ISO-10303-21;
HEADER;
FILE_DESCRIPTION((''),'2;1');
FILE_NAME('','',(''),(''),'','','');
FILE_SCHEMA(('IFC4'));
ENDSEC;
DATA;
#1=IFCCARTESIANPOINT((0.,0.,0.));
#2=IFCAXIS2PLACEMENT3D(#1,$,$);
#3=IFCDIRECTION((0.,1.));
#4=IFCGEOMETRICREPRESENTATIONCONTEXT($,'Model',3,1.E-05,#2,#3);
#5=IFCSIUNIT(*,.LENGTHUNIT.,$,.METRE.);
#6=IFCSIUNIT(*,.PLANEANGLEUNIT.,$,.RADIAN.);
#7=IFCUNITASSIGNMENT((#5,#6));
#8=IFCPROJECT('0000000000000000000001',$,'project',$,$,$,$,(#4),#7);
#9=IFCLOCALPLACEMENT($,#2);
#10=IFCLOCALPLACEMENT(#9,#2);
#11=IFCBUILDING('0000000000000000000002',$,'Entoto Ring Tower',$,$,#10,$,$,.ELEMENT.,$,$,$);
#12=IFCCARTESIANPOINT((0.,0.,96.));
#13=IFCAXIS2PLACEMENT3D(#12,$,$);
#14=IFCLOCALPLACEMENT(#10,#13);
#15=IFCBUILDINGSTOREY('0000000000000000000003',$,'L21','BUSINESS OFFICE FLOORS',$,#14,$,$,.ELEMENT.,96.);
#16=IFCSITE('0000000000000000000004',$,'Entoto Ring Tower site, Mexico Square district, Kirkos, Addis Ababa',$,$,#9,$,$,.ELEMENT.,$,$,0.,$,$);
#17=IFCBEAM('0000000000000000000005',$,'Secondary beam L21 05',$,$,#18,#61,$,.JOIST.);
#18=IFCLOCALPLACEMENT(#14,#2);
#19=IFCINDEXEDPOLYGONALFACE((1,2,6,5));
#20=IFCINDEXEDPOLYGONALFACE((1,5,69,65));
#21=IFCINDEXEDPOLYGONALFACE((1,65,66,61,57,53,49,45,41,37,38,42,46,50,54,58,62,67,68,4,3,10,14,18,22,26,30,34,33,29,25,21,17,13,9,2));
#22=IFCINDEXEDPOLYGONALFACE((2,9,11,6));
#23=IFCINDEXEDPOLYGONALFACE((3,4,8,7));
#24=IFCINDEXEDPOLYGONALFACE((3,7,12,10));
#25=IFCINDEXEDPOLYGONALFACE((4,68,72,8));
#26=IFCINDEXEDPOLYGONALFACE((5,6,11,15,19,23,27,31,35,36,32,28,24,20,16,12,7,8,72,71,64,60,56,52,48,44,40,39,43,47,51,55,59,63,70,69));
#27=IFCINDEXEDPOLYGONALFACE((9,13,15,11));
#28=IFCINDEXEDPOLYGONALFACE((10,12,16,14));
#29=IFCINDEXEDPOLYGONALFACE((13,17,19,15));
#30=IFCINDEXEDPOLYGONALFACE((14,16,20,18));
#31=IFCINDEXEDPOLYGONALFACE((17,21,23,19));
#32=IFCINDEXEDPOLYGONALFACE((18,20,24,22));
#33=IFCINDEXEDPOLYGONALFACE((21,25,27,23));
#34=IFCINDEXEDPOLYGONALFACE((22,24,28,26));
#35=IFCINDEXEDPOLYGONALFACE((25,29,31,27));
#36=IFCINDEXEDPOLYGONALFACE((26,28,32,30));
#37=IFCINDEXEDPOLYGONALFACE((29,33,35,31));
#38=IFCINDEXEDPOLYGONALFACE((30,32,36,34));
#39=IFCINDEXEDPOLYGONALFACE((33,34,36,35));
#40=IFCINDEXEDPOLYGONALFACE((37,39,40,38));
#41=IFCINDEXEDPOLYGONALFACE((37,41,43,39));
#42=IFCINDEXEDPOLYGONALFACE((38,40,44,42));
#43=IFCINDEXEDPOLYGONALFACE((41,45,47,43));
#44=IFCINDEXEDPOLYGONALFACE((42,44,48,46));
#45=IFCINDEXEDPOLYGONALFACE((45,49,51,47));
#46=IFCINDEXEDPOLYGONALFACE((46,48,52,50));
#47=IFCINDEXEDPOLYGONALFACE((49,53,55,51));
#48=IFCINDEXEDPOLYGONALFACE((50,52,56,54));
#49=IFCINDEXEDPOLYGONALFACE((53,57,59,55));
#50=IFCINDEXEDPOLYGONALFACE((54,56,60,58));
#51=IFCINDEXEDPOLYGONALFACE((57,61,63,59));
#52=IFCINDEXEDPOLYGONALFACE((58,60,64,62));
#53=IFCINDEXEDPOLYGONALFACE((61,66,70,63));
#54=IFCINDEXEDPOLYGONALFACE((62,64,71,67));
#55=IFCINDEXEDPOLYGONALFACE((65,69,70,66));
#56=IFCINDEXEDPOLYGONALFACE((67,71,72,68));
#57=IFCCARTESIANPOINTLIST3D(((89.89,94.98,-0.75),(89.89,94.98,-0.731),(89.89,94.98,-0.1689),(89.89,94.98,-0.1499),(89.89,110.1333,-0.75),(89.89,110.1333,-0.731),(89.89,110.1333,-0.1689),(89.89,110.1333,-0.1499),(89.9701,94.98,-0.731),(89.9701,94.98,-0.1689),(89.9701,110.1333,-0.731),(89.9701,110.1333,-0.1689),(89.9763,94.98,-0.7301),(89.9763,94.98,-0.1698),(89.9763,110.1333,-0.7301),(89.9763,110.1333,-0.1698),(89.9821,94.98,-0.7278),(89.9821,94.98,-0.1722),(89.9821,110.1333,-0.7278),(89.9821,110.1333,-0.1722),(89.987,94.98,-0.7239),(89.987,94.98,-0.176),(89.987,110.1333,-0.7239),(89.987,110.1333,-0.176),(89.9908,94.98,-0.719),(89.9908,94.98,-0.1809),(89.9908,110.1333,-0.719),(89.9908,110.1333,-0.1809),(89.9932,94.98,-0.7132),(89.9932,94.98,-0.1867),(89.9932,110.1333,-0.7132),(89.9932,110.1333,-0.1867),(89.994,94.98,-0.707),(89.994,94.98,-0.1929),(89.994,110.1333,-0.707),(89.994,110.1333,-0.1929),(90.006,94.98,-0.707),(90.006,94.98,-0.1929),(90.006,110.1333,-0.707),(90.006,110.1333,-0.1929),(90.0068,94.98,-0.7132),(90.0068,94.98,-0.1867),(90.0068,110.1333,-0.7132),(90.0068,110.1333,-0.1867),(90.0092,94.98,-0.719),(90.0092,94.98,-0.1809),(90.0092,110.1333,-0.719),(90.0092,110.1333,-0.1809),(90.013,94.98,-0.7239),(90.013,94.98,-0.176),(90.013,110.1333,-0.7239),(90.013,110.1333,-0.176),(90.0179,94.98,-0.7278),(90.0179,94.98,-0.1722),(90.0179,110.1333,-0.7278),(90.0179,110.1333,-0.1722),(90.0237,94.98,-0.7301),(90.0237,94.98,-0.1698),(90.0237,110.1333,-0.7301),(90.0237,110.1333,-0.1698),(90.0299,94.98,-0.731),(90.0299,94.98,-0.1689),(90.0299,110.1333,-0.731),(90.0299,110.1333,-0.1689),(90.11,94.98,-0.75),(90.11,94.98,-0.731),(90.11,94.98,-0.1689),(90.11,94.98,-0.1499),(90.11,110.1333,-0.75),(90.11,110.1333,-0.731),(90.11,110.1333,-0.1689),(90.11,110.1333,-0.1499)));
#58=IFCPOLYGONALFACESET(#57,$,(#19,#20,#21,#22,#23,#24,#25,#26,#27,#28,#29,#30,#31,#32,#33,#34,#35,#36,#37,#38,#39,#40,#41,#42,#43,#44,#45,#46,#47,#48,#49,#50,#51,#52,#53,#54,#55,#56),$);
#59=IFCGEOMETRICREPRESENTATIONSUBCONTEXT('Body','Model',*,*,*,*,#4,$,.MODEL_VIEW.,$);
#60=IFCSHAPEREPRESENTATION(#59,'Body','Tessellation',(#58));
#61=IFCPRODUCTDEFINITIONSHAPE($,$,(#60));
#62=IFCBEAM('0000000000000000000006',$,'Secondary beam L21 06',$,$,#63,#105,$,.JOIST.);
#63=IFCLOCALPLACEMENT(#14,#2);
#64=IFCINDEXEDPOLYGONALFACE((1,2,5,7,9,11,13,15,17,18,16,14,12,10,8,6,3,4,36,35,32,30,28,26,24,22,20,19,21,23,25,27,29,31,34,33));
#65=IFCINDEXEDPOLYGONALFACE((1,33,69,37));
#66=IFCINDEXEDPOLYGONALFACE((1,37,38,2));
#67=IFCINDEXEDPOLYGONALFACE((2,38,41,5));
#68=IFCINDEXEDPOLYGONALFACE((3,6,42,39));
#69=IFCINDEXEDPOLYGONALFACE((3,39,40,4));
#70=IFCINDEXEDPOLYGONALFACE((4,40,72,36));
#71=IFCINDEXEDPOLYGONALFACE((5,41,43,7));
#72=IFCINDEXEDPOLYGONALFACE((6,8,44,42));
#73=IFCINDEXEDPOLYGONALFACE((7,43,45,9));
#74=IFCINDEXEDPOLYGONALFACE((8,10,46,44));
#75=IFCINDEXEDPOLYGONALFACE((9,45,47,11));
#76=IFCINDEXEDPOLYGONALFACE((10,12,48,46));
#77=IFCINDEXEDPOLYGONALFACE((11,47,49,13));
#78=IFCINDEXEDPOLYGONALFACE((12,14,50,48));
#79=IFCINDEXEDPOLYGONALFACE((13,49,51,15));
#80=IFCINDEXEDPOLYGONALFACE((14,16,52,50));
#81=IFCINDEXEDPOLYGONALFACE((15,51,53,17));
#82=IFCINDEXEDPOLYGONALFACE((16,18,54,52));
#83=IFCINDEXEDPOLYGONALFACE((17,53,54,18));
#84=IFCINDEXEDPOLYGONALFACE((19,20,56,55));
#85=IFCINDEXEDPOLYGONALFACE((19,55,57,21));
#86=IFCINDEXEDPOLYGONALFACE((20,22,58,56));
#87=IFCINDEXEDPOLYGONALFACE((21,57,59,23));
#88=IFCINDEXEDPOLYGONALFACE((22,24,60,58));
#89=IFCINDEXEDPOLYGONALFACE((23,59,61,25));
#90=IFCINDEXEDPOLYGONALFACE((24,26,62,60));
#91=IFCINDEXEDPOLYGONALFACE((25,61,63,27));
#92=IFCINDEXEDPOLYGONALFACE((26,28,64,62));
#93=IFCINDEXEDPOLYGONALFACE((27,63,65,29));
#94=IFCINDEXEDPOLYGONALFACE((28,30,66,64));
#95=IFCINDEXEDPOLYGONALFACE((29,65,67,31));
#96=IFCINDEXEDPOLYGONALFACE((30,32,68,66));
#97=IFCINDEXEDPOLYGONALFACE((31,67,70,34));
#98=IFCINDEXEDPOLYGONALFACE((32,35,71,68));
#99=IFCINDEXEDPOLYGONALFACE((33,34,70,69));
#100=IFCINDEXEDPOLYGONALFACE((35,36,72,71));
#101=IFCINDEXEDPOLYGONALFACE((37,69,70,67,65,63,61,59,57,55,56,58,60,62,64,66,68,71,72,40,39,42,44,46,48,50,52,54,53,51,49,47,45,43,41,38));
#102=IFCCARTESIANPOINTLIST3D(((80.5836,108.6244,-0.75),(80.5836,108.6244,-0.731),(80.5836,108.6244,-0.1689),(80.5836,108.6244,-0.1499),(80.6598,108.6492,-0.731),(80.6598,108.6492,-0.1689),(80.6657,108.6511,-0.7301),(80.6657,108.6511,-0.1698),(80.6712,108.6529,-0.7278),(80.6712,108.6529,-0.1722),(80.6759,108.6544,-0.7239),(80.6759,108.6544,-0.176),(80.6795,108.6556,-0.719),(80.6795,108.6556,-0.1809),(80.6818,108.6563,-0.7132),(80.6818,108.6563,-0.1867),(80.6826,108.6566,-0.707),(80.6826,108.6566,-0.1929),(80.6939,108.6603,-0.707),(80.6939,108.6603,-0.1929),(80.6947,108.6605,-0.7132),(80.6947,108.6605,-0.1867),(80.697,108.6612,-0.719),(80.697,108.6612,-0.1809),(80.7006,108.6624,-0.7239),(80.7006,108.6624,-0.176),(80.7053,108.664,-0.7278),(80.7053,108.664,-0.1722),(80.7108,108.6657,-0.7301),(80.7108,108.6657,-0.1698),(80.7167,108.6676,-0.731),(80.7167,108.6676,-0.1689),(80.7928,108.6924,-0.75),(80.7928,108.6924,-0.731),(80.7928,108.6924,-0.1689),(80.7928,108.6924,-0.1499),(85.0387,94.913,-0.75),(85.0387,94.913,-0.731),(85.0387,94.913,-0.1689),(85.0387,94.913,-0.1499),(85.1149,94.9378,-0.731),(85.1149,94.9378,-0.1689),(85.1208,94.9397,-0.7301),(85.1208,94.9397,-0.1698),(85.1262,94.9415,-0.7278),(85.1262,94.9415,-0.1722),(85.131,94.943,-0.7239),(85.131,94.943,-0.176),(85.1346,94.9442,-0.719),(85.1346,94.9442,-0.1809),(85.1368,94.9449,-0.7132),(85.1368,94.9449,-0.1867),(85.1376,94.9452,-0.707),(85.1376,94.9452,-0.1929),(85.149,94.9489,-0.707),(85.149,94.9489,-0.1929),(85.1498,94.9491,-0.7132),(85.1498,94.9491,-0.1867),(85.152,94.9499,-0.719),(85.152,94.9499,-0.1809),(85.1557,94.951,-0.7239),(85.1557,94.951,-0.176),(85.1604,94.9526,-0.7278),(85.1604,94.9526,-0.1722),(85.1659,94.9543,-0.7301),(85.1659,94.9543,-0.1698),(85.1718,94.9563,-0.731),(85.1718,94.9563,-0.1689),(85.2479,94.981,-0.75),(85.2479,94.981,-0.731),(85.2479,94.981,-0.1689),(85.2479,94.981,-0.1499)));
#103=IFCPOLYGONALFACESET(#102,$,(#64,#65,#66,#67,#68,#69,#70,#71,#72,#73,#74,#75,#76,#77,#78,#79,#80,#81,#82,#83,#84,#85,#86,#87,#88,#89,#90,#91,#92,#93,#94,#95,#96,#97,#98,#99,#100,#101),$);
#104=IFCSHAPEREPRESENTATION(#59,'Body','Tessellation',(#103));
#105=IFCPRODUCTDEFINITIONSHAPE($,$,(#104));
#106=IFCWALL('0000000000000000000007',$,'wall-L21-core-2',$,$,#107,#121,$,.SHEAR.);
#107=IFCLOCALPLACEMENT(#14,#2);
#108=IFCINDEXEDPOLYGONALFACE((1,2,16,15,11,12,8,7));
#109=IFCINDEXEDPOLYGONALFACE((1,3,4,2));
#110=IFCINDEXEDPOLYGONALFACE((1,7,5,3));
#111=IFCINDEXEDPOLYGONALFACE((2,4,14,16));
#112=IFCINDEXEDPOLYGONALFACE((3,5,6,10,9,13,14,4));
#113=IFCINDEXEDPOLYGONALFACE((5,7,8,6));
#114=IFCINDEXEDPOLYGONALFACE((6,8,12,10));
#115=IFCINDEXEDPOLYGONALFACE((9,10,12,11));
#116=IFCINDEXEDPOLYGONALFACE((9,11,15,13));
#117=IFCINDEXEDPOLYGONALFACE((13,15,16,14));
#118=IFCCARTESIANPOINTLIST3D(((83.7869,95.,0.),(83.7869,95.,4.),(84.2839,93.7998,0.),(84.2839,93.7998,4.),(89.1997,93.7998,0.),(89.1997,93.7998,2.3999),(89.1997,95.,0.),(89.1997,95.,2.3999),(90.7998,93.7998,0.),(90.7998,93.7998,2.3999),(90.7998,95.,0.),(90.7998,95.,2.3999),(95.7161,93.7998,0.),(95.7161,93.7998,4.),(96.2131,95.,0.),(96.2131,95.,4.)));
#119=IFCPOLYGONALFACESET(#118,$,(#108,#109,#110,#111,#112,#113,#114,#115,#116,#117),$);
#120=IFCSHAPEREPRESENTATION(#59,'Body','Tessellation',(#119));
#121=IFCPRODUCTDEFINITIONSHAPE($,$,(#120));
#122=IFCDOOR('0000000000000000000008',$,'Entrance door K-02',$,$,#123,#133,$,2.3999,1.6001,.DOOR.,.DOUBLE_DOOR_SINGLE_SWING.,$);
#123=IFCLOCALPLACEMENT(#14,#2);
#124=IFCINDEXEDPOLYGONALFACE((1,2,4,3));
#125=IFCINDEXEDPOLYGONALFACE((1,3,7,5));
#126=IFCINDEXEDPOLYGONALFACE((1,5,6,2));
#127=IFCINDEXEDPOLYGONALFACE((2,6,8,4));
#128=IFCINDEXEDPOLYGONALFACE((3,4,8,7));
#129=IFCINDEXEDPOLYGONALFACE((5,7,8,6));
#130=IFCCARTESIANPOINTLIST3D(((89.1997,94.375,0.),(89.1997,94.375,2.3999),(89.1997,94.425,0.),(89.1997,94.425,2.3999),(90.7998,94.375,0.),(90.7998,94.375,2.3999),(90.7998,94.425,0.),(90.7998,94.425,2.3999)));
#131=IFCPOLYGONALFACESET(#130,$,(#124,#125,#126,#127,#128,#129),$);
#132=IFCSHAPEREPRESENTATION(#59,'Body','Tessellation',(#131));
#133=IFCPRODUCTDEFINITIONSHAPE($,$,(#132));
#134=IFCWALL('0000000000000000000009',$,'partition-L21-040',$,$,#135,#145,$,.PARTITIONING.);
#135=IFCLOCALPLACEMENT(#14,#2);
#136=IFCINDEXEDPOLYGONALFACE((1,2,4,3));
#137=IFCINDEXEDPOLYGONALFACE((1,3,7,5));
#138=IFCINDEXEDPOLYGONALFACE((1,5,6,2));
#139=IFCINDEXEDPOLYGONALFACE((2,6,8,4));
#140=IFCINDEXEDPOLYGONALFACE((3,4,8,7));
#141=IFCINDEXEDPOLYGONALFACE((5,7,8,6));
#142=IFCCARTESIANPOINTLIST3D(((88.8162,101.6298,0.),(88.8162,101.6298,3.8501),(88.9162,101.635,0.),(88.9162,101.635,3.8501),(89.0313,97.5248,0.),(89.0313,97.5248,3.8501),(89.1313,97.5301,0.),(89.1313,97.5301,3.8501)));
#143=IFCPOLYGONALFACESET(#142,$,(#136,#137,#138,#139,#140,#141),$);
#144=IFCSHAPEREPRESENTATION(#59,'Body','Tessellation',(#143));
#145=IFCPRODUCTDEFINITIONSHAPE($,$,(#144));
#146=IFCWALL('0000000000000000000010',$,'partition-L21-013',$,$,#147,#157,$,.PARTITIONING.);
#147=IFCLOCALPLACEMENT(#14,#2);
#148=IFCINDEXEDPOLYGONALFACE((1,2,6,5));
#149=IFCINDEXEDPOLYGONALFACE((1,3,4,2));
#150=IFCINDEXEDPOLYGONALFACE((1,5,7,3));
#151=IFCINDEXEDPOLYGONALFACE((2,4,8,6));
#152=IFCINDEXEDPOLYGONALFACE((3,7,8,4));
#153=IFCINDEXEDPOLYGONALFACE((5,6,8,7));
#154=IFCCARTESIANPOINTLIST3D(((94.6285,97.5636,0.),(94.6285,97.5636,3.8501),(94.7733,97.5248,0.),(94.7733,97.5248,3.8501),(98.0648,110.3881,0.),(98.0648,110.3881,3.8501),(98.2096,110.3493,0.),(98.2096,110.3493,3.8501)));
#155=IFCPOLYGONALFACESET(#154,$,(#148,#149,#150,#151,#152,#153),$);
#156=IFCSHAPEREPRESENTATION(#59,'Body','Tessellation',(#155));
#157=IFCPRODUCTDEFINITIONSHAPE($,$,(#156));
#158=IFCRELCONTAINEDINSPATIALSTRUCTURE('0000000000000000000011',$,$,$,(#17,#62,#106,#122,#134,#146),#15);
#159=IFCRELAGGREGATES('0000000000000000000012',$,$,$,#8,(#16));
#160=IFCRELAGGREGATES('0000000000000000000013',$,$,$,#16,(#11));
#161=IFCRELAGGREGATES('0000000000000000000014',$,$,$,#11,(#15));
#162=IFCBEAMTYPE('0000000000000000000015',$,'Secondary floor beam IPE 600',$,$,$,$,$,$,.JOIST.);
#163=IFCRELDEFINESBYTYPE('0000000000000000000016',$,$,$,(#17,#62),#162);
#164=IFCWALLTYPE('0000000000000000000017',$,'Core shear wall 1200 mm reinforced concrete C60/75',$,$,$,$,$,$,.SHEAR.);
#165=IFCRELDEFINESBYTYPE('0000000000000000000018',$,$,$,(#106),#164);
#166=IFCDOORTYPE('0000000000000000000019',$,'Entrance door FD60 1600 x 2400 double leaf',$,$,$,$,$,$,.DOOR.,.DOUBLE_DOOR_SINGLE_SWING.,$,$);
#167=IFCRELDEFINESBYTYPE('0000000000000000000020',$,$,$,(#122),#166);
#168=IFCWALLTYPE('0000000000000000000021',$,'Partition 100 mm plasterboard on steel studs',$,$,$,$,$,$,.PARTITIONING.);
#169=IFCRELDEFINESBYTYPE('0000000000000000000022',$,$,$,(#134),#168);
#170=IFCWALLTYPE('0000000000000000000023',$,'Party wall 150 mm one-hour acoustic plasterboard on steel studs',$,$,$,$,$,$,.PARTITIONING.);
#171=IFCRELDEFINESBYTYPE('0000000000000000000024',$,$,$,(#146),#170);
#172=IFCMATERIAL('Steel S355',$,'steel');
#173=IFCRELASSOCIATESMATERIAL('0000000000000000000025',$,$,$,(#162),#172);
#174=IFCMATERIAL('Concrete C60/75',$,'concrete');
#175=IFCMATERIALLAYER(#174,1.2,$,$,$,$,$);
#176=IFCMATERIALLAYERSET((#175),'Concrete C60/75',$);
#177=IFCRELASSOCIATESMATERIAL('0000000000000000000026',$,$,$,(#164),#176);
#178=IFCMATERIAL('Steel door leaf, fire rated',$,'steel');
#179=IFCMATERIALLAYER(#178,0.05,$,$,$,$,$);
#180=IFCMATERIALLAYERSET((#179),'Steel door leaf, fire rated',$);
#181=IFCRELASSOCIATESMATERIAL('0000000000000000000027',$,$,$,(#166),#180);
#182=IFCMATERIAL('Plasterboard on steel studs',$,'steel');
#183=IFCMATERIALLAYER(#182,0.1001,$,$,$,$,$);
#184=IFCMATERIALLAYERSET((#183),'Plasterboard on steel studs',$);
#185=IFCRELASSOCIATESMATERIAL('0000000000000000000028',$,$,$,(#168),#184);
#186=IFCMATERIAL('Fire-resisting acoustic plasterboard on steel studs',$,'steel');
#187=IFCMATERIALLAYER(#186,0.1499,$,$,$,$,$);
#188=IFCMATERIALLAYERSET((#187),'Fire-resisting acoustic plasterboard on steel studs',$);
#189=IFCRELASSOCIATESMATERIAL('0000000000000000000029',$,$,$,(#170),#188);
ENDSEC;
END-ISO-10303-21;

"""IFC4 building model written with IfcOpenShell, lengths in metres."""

from ifc_helpers import new_model, si_unit, direction, frame, frame_2d, origin, origin_2d, place, context, subcontext, project, spatial, polyline, rectangle, i_section, outline, extrude, material, layer, layer_set, material_profile, profile_set, type_object, element, fill, save


model = new_model("IFC4")

# Units and contexts
model_context = context("Model", 3, precision=1e-05, world=origin(), true_north=direction((0.0, 1.0)))
body_context = subcontext(model_context, "Body", "Model", "MODEL_VIEW")
ifc_project = project(units=[si_unit("LENGTHUNIT", "METRE"), si_unit("PLANEANGLEUNIT", "RADIAN")], contexts=[model_context])

# Site, building, storey
site_placement = place(None, origin())
site = spatial("IfcSite", under=ifc_project, at=site_placement, Name="Entoto Ring Tower site, Mexico Square district, Kirkos, Addis Ababa", CompositionType="ELEMENT", RefElevation=0.0)
building_placement = place(site_placement, origin())
building = spatial("IfcBuilding", under=site, at=building_placement, Name="Entoto Ring Tower", CompositionType="ELEMENT")
storey_placement = place(building_placement, frame((0.0, 0.0, 96.0)))
storey = spatial("IfcBuildingStorey", under=building, at=storey_placement, Name="L21", Description="BUSINESS OFFICE FLOORS", CompositionType="ELEMENT", Elevation=96.0)

# Beams
ifc_material_1 = material(Name="Steel S355", Category="steel")
ifc_material_profile_1 = material_profile(ifc_material_1, i_section(OverallWidth=0.22, OverallDepth=0.6001, WebThickness=0.012, FlangeThickness=0.019, FilletRadius=0.0239, at=origin_2d()), Name="IPE 600")
ifc_profile_set_1 = profile_set([ifc_material_profile_1], Name="Steel S355")
beam_type_1 = type_object("IfcBeamType", Name="Secondary floor beam IPE 600", PredefinedType="JOIST", material=ifc_profile_set_1)
beam_1_placement = place(storey_placement, frame((90.0, 94.98, -0.45), z_axis=(0.0, 1.0, 0.0), x_axis=(-1.0, 0.0, 0.0)))
element("IfcBeam", 1, at=beam_1_placement, inside=storey, type_object=beam_type_1, Name="Secondary beam L21 05", PredefinedType="JOIST", context=body_context, shape_type="SweptSolid", body=[
    extrude(i_section(OverallWidth=0.22, OverallDepth=0.6001, WebThickness=0.012, FlangeThickness=0.019, FilletRadius=0.0239, at=origin_2d()), origin(), (0.0, 0.0, 1.0), 15.1533),
])
beam_2_placement = place(storey_placement, frame((85.1433, 94.947, -0.45), z_axis=(-0.309015, 0.951057, 0.0), x_axis=(-0.951057, -0.309015, 0.0)))
element("IfcBeam", 2, at=beam_2_placement, inside=storey, type_object=beam_type_1, Name="Secondary beam L21 06", PredefinedType="JOIST", context=body_context, shape_type="SweptSolid", body=[
    extrude(i_section(OverallWidth=0.22, OverallDepth=0.6001, WebThickness=0.012, FlangeThickness=0.019, FilletRadius=0.0239, at=origin_2d()), origin(), (0.0, 0.0, 1.0), 14.417),
])

# Wall, opening, door
ifc_material_2 = material(Name="Concrete C60/75", Category="concrete")
ifc_layer_1 = layer(ifc_material_2, 1.2)
ifc_layer_set_1 = layer_set([ifc_layer_1], Name="Concrete C60/75")
wall_type_1 = type_object("IfcWallType", Name="Core shear wall 1200 mm reinforced concrete C60/75", PredefinedType="SHEAR", material=ifc_layer_set_1)
wall_1_placement = place(storey_placement, frame((95.9646, 94.3999, 0.0), z_axis=(0.0, 0.0, 1.0), x_axis=(-1.0, 0.0, 0.0)))
wall_1 = element("IfcWall", 3, at=wall_1_placement, inside=storey, type_object=wall_type_1, Name="wall-L21-core-2", PredefinedType="SHEAR", context=body_context, shape_type="SweptSolid", body=[
    extrude(outline(polyline([(-0.2485, -0.6001), (12.1777, -0.6001), (11.6807, 0.6001), (0.2485, 0.6001), (-0.2485, -0.6001)])), origin(), (0.0, 0.0, 1.0), 4.0),
])
opening_placement = place(wall_1_placement, frame((5.1648, 0.0, 0.0)))
opening = element("IfcOpeningElement", 4, at=opening_placement, cuts=wall_1, PredefinedType="OPENING", context=body_context, shape_type="SweptSolid", body=[
    extrude(rectangle(XDim=1.6001, YDim=2.3999, at=frame_2d((0.8, 1.2))), frame((0.0, 0.6099, 0.0), z_axis=(0.0, -1.0, 0.0), x_axis=(1.0, 0.0, 0.0)), (0.0, 0.0, 1.0), 1.22),
])
ifc_material_3 = material(Name="Steel door leaf, fire rated", Category="steel")
ifc_layer_2 = layer(ifc_material_3, 0.05)
ifc_layer_set_2 = layer_set([ifc_layer_2], Name="Steel door leaf, fire rated")
door_type = type_object("IfcDoorType", Name="Entrance door FD60 1600 x 2400 double leaf", OperationType="DOUBLE_DOOR_SINGLE_SWING", PredefinedType="DOOR", material=ifc_layer_set_2)
door_placement = place(opening_placement, origin())
door = element("IfcDoor", 5, at=door_placement, inside=storey, type_object=door_type, Name="Entrance door K-02", OperationType="DOUBLE_DOOR_SINGLE_SWING", OverallHeight=2.3999, OverallWidth=1.6001, PredefinedType="DOOR", context=body_context, shape_type="SweptSolid", body=[
    extrude(rectangle(XDim=1.6001, YDim=2.3999, at=frame_2d((0.8, 1.2))), frame((0.0, 0.0249, 0.0), z_axis=(0.0, -1.0, 0.0), x_axis=(1.0, 0.0, 0.0)), (0.0, 0.0, 1.0), 0.05),
])
fill(opening, door)

# Walls
ifc_material_4 = material(Name="Plasterboard on steel studs", Category="steel")
ifc_layer_3 = layer(ifc_material_4, 0.1001)
ifc_layer_set_3 = layer_set([ifc_layer_3], Name="Plasterboard on steel studs")
wall_type_2 = type_object("IfcWallType", Name="Partition 100 mm plasterboard on steel studs", PredefinedType="PARTITIONING", material=ifc_layer_set_3)
wall_2_placement = place(storey_placement, frame((89.0813, 97.5276, 0.0), z_axis=(0.0, 0.0, 1.0), x_axis=(-0.052325, 0.99863, 0.0)))
element("IfcWall", 6, at=wall_2_placement, inside=storey, type_object=wall_type_2, Name="partition-L21-040", PredefinedType="PARTITIONING", context=body_context, shape_type="SweptSolid", body=[
    extrude(rectangle(XDim=4.1106, YDim=0.1001, at=frame_2d((2.0552, 0.0))), origin(), (0.0, 0.0, 1.0), 3.8501),
])
ifc_material_5 = material(Name="Fire-resisting acoustic plasterboard on steel studs", Category="steel")
ifc_layer_4 = layer(ifc_material_5, 0.1499)
ifc_layer_set_4 = layer_set([ifc_layer_4], Name="Fire-resisting acoustic plasterboard on steel studs")
wall_type_3 = type_object("IfcWallType", Name="Party wall 150 mm one-hour acoustic plasterboard on steel studs", PredefinedType="PARTITIONING", material=ifc_layer_set_4)
wall_3_placement = place(storey_placement, frame((94.7009, 97.5442, 0.0), z_axis=(0.0, 0.0, 1.0), x_axis=(0.258817, 0.965926, 0.0)))
element("IfcWall", 7, at=wall_3_placement, inside=storey, type_object=wall_type_3, Name="partition-L21-013", PredefinedType="PARTITIONING", context=body_context, shape_type="SweptSolid", body=[
    extrude(rectangle(XDim=13.2769, YDim=0.1499, at=frame_2d((6.6384, 0.0))), origin(), (0.0, 0.0, 1.0), 3.8501),
])

save(model, "model.ifc")
